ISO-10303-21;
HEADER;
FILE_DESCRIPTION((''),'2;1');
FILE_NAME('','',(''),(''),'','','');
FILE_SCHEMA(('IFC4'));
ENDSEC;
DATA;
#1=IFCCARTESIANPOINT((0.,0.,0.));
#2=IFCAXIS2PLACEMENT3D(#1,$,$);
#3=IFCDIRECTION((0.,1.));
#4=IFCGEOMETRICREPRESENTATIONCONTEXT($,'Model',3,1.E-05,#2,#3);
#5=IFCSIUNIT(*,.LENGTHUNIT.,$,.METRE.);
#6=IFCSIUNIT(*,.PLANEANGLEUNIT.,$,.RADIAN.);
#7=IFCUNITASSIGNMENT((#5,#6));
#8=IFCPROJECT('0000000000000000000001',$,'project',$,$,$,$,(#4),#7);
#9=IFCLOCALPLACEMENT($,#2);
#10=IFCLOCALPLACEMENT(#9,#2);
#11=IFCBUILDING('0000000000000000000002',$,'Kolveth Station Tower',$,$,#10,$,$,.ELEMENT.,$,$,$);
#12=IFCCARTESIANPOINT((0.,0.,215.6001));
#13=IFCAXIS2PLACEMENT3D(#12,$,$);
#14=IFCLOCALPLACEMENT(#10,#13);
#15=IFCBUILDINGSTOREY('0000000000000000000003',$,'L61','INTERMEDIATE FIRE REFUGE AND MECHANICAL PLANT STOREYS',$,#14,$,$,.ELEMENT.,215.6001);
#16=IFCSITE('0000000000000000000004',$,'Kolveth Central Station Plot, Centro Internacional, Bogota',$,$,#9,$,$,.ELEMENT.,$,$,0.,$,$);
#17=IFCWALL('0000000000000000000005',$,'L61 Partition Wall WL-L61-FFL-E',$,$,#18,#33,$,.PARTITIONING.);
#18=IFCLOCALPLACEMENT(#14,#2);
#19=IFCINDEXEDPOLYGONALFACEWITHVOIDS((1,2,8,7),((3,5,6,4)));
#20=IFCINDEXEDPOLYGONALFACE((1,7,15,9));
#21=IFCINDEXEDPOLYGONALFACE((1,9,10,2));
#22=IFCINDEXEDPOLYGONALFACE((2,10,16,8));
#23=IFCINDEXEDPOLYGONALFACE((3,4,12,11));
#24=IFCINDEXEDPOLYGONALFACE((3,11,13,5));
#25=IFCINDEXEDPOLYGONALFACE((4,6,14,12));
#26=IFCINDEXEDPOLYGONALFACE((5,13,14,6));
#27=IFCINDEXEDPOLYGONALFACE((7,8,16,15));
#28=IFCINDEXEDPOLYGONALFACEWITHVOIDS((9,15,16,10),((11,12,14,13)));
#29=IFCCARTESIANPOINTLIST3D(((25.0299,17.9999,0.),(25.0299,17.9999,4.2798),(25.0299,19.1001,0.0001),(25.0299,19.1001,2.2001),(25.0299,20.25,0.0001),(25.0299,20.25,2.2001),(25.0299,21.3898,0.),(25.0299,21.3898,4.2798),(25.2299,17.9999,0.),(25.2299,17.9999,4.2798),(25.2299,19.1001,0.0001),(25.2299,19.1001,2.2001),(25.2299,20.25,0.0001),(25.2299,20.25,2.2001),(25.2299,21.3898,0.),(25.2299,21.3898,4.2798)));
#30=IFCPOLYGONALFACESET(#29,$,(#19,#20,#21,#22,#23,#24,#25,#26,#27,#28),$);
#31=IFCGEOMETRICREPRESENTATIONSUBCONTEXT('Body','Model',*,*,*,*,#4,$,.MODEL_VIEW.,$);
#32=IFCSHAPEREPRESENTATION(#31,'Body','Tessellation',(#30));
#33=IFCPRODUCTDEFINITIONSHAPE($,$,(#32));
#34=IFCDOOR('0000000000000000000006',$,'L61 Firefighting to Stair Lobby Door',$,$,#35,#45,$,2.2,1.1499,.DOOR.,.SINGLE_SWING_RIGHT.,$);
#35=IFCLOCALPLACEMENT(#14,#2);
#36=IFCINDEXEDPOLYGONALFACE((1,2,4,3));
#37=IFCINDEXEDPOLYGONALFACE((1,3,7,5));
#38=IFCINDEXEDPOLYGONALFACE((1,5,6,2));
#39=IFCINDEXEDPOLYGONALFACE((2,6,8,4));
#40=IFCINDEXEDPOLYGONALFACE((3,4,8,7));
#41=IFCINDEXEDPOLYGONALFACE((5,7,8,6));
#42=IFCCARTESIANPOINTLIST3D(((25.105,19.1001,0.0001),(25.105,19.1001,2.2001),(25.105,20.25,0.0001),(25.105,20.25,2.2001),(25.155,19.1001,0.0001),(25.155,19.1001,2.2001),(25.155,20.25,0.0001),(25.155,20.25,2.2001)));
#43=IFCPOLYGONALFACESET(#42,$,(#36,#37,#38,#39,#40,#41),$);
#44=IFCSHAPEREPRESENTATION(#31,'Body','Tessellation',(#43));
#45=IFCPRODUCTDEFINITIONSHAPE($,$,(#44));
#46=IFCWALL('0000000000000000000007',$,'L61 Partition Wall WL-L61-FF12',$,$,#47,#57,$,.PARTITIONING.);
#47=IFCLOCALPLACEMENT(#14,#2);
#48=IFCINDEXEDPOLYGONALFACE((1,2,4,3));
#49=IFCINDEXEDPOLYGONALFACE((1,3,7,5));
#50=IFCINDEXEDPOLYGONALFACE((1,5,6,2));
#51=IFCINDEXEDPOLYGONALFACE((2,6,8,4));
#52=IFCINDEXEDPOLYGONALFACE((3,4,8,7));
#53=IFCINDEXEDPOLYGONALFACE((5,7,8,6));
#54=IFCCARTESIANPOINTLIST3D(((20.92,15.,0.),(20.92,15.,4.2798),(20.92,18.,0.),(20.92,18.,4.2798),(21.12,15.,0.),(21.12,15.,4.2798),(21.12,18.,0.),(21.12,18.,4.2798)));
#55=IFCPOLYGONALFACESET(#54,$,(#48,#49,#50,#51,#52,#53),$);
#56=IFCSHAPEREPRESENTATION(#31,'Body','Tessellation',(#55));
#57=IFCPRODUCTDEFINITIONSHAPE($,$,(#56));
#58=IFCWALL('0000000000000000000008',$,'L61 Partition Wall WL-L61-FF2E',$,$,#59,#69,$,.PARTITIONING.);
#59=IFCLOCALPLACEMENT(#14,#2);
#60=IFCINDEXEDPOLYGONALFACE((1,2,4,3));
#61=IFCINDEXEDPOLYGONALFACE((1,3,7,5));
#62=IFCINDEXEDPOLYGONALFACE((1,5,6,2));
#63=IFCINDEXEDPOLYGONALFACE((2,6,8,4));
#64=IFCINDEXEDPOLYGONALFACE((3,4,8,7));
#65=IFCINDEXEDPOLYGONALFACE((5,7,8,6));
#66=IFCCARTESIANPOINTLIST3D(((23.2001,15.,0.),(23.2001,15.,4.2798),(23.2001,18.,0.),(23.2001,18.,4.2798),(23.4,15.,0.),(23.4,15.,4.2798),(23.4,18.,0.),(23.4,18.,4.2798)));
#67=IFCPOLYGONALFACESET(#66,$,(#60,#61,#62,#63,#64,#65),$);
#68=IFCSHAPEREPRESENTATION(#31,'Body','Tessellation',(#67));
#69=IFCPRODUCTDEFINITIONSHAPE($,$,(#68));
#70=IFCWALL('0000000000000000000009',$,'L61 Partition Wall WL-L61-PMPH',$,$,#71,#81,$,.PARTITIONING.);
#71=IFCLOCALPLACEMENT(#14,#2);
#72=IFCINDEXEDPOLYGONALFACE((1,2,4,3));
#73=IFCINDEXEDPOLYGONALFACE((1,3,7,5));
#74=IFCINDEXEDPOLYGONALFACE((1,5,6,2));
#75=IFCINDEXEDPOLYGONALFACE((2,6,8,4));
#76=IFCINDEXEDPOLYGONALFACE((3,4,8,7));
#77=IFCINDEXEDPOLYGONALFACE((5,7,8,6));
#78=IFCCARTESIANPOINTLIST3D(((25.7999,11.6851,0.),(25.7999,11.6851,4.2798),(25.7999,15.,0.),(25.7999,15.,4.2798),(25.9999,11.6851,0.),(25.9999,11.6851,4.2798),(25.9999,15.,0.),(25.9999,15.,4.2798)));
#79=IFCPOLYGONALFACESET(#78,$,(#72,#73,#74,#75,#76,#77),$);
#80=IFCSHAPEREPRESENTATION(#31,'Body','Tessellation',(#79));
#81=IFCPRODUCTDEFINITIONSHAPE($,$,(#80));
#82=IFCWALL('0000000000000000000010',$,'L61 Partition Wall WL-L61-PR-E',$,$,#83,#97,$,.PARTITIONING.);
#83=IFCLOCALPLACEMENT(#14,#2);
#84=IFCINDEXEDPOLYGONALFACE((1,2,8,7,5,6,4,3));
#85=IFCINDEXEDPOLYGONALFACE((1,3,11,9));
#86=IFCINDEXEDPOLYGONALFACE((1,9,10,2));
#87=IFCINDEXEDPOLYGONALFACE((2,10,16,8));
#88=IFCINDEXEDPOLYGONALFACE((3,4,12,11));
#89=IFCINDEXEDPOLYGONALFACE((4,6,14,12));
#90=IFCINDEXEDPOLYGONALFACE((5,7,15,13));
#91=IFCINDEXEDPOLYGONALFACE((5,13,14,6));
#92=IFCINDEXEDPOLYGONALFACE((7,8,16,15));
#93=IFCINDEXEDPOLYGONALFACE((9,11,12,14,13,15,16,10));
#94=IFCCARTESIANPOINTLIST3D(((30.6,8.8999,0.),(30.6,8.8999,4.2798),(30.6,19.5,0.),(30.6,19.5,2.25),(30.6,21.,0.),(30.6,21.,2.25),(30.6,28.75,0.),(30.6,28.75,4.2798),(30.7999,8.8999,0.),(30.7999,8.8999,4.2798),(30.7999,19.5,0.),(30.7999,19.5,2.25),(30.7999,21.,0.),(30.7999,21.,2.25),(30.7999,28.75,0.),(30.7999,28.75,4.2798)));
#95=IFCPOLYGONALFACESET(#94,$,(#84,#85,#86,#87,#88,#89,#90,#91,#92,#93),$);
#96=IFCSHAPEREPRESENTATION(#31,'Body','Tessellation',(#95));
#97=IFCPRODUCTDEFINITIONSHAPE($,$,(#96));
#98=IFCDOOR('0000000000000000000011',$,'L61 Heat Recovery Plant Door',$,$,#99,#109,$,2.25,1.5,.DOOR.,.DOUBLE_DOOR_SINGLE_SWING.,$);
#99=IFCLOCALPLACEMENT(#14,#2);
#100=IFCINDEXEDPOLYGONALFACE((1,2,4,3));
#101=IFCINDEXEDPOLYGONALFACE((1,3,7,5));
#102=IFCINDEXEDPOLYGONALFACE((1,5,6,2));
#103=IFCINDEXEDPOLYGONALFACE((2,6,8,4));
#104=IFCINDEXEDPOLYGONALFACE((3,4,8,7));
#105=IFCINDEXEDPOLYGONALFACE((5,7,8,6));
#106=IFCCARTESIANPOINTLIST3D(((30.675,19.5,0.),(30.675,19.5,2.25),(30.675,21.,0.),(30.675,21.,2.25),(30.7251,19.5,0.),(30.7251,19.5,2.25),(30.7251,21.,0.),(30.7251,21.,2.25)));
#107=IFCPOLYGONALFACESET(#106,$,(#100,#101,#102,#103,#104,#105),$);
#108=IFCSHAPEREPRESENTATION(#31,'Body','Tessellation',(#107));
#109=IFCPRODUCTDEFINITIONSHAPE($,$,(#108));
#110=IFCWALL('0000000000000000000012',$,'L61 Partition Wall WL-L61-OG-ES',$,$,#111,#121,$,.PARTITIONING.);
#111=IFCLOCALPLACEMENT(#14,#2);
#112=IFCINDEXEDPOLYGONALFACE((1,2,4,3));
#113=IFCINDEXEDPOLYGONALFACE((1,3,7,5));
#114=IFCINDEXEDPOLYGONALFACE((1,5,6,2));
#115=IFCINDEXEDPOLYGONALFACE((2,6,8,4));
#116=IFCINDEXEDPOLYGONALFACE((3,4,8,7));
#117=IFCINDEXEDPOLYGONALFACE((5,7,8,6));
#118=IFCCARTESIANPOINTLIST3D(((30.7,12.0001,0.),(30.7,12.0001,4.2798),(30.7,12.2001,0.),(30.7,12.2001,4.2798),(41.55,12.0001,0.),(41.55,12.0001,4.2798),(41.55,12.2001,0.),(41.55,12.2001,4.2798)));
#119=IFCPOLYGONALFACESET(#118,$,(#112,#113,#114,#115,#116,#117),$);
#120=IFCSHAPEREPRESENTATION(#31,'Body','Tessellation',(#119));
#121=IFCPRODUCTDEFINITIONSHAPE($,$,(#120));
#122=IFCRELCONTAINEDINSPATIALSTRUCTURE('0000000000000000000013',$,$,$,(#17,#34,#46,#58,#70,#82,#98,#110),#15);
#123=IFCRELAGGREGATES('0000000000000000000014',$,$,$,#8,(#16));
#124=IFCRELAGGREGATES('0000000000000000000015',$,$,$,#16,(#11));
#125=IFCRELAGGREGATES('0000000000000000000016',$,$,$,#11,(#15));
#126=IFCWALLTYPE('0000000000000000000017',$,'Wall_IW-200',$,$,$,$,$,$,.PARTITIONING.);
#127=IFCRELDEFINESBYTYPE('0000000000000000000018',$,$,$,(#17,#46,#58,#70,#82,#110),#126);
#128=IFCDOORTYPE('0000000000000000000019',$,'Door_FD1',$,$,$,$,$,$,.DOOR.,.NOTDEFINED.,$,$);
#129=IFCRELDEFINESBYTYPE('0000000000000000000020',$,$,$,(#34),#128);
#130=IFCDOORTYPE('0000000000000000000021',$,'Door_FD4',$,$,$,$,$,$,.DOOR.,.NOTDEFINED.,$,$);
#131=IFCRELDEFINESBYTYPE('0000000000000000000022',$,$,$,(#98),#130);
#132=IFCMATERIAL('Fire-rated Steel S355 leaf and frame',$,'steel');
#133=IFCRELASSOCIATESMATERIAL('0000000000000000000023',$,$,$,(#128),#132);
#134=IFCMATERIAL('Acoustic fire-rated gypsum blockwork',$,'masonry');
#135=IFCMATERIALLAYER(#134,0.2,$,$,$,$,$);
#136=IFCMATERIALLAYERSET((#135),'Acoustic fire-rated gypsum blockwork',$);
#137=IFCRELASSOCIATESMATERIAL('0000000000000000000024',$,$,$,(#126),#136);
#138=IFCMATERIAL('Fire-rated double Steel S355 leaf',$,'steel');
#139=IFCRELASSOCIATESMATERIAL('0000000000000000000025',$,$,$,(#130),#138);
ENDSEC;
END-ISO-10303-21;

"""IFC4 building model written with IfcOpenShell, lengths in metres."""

from ifc_helpers import new_model, si_unit, direction, frame, frame_2d, origin, place, context, subcontext, project, spatial, rectangle, extrude, material, layer, layer_set, type_object, element, fill, save


model = new_model("IFC4")

# Units and contexts
model_context = context("Model", 3, precision=1e-05, world=origin(), true_north=direction((0.0, 1.0)))
body_context = subcontext(model_context, "Body", "Model", "MODEL_VIEW")
ifc_project = project(units=[si_unit("LENGTHUNIT", "METRE"), si_unit("PLANEANGLEUNIT", "RADIAN")], contexts=[model_context])

# Site, building, storey
site_placement = place(None, origin())
site = spatial("IfcSite", under=ifc_project, at=site_placement, Name="Kolveth Central Station Plot, Centro Internacional, Bogota", CompositionType="ELEMENT", RefElevation=0.0)
building_placement = place(site_placement, origin())
building = spatial("IfcBuilding", under=site, at=building_placement, Name="Kolveth Station Tower", CompositionType="ELEMENT")
storey_placement = place(building_placement, frame((0.0, 0.0, 215.6001)))
storey = spatial("IfcBuildingStorey", under=building, at=storey_placement, Name="L61", Description="INTERMEDIATE FIRE REFUGE AND MECHANICAL PLANT STOREYS", CompositionType="ELEMENT", Elevation=215.6001)

# Shared definitions
ifc_material_1 = material(Name="Fire-rated Steel S355 leaf and frame", Category="steel")
door_type_1 = type_object("IfcDoorType", Name="Door_FD1", OperationType="NOTDEFINED", PredefinedType="DOOR", material=ifc_material_1)

# Wall, opening, door
ifc_material_2 = material(Name="Acoustic fire-rated gypsum blockwork", Category="masonry")
ifc_layer_1 = layer(ifc_material_2, 0.2)
ifc_layer_set_1 = layer_set([ifc_layer_1], Name="Acoustic fire-rated gypsum blockwork")
wall_type_1 = type_object("IfcWallType", Name="Wall_IW-200", PredefinedType="PARTITIONING", material=ifc_layer_set_1)
wall_1_placement = place(storey_placement, frame((25.1299, 18.0, 0.0), z_axis=(0.0, 0.0, 1.0), x_axis=(0.0, 1.0, 0.0)))
wall_1 = element("IfcWall", 1, at=wall_1_placement, inside=storey, type_object=wall_type_1, Name="L61 Partition Wall WL-L61-FFL-E", PredefinedType="PARTITIONING", context=body_context, shape_type="SweptSolid", body=[
    extrude(rectangle(XDim=3.3899, YDim=0.2, at=frame_2d((1.6948, 0.0))), origin(), (0.0, 0.0, 1.0), 4.2798),
])
opening_1_placement = place(wall_1_placement, frame((1.1001, 0.0, 0.0)))
opening_1 = element("IfcOpeningElement", 2, at=opening_1_placement, cuts=wall_1, PredefinedType="OPENING", context=body_context, shape_type="SweptSolid", body=[
    extrude(rectangle(XDim=1.1499, YDim=2.2, at=frame_2d((0.575, 1.1001))), frame((0.0, 0.1099, 0.0), z_axis=(0.0, -1.0, 0.0), x_axis=(1.0, 0.0, 0.0)), (0.0, 0.0, 1.0), 0.22),
])
door_1_placement = place(opening_1_placement, origin())
door_1 = element("IfcDoor", 3, at=door_1_placement, inside=storey, type_object=door_type_1, Name="L61 Firefighting to Stair Lobby Door", OperationType="SINGLE_SWING_RIGHT", OverallHeight=2.2, OverallWidth=1.1499, PredefinedType="DOOR", context=body_context, shape_type="SweptSolid", body=[
    extrude(rectangle(XDim=1.1499, YDim=2.2, at=frame_2d((0.575, 1.1001))), frame((0.0, 0.0249, 0.0), z_axis=(0.0, -1.0, 0.0), x_axis=(1.0, 0.0, 0.0)), (0.0, 0.0, 1.0), 0.05),
])
fill(opening_1, door_1)

# Walls
for number, where, z_axis, x_axis, name in (
    (4, (21.02, 15.0, 0.0), (0.0, 0.0, 1.0), (0.0, 1.0, 0.0), "L61 Partition Wall WL-L61-FF12"),
    (5, (23.3, 15.0, 0.0), (0.0, 0.0, 1.0), (0.0, 1.0, 0.0), "L61 Partition Wall WL-L61-FF2E"),
):
    element("IfcWall", number, at=place(storey_placement, frame(where, z_axis=z_axis, x_axis=x_axis)), inside=storey, type_object=wall_type_1, Name=name, PredefinedType="PARTITIONING", context=body_context, shape_type="SweptSolid", body=[
        extrude(rectangle(XDim=3.0, YDim=0.2, at=frame_2d((1.5, 0.0))), origin(), (0.0, 0.0, 1.0), 4.2798),
    ])
wall_2_placement = place(storey_placement, frame((25.8999, 11.6851, 0.0), z_axis=(0.0, 0.0, 1.0), x_axis=(0.0, 1.0, 0.0)))
element("IfcWall", 6, at=wall_2_placement, inside=storey, type_object=wall_type_1, Name="L61 Partition Wall WL-L61-PMPH", PredefinedType="PARTITIONING", context=body_context, shape_type="SweptSolid", body=[
    extrude(rectangle(XDim=3.3149, YDim=0.2, at=frame_2d((1.6575, 0.0))), origin(), (0.0, 0.0, 1.0), 4.2798),
])

# Wall, opening, door
wall_3_placement = place(storey_placement, frame((30.7, 8.8999, 0.0), z_axis=(0.0, 0.0, 1.0), x_axis=(0.0, 1.0, 0.0)))
wall_3 = element("IfcWall", 7, at=wall_3_placement, inside=storey, type_object=wall_type_1, Name="L61 Partition Wall WL-L61-PR-E", PredefinedType="PARTITIONING", context=body_context, shape_type="SweptSolid", body=[
    extrude(rectangle(XDim=19.8501, YDim=0.2, at=frame_2d((9.925, 0.0))), origin(), (0.0, 0.0, 1.0), 4.2798),
])
opening_2_placement = place(wall_3_placement, frame((10.6001, 0.0, 0.0)))
opening_2 = element("IfcOpeningElement", 8, at=opening_2_placement, cuts=wall_3, PredefinedType="OPENING", context=body_context, shape_type="SweptSolid", body=[
    extrude(rectangle(XDim=1.5, YDim=2.25, at=frame_2d((0.75, 1.125))), frame((0.0, 0.1099, 0.0), z_axis=(0.0, -1.0, 0.0), x_axis=(1.0, 0.0, 0.0)), (0.0, 0.0, 1.0), 0.22),
])
ifc_material_3 = material(Name="Fire-rated double Steel S355 leaf", Category="steel")
door_type_2 = type_object("IfcDoorType", Name="Door_FD4", OperationType="NOTDEFINED", PredefinedType="DOOR", material=ifc_material_3)
door_2_placement = place(opening_2_placement, origin())
door_2 = element("IfcDoor", 9, at=door_2_placement, inside=storey, type_object=door_type_2, Name="L61 Heat Recovery Plant Door", OperationType="DOUBLE_DOOR_SINGLE_SWING", OverallHeight=2.25, OverallWidth=1.5, PredefinedType="DOOR", context=body_context, shape_type="SweptSolid", body=[
    extrude(rectangle(XDim=1.5, YDim=2.25, at=frame_2d((0.75, 1.125))), frame((0.0, 0.0249, 0.0), z_axis=(0.0, -1.0, 0.0), x_axis=(1.0, 0.0, 0.0)), (0.0, 0.0, 1.0), 0.05),
])
fill(opening_2, door_2)

# Wall
wall_4_placement = place(storey_placement, frame((30.7, 12.1001, 0.0), z_axis=(0.0, 0.0, 1.0), x_axis=(1.0, 0.0, 0.0)))
element("IfcWall", 10, at=wall_4_placement, inside=storey, type_object=wall_type_1, Name="L61 Partition Wall WL-L61-OG-ES", PredefinedType="PARTITIONING", context=body_context, shape_type="SweptSolid", body=[
    extrude(rectangle(XDim=10.8501, YDim=0.2, at=frame_2d((5.425, 0.0))), origin(), (0.0, 0.0, 1.0), 4.2798),
])

save(model, "model.ifc")
